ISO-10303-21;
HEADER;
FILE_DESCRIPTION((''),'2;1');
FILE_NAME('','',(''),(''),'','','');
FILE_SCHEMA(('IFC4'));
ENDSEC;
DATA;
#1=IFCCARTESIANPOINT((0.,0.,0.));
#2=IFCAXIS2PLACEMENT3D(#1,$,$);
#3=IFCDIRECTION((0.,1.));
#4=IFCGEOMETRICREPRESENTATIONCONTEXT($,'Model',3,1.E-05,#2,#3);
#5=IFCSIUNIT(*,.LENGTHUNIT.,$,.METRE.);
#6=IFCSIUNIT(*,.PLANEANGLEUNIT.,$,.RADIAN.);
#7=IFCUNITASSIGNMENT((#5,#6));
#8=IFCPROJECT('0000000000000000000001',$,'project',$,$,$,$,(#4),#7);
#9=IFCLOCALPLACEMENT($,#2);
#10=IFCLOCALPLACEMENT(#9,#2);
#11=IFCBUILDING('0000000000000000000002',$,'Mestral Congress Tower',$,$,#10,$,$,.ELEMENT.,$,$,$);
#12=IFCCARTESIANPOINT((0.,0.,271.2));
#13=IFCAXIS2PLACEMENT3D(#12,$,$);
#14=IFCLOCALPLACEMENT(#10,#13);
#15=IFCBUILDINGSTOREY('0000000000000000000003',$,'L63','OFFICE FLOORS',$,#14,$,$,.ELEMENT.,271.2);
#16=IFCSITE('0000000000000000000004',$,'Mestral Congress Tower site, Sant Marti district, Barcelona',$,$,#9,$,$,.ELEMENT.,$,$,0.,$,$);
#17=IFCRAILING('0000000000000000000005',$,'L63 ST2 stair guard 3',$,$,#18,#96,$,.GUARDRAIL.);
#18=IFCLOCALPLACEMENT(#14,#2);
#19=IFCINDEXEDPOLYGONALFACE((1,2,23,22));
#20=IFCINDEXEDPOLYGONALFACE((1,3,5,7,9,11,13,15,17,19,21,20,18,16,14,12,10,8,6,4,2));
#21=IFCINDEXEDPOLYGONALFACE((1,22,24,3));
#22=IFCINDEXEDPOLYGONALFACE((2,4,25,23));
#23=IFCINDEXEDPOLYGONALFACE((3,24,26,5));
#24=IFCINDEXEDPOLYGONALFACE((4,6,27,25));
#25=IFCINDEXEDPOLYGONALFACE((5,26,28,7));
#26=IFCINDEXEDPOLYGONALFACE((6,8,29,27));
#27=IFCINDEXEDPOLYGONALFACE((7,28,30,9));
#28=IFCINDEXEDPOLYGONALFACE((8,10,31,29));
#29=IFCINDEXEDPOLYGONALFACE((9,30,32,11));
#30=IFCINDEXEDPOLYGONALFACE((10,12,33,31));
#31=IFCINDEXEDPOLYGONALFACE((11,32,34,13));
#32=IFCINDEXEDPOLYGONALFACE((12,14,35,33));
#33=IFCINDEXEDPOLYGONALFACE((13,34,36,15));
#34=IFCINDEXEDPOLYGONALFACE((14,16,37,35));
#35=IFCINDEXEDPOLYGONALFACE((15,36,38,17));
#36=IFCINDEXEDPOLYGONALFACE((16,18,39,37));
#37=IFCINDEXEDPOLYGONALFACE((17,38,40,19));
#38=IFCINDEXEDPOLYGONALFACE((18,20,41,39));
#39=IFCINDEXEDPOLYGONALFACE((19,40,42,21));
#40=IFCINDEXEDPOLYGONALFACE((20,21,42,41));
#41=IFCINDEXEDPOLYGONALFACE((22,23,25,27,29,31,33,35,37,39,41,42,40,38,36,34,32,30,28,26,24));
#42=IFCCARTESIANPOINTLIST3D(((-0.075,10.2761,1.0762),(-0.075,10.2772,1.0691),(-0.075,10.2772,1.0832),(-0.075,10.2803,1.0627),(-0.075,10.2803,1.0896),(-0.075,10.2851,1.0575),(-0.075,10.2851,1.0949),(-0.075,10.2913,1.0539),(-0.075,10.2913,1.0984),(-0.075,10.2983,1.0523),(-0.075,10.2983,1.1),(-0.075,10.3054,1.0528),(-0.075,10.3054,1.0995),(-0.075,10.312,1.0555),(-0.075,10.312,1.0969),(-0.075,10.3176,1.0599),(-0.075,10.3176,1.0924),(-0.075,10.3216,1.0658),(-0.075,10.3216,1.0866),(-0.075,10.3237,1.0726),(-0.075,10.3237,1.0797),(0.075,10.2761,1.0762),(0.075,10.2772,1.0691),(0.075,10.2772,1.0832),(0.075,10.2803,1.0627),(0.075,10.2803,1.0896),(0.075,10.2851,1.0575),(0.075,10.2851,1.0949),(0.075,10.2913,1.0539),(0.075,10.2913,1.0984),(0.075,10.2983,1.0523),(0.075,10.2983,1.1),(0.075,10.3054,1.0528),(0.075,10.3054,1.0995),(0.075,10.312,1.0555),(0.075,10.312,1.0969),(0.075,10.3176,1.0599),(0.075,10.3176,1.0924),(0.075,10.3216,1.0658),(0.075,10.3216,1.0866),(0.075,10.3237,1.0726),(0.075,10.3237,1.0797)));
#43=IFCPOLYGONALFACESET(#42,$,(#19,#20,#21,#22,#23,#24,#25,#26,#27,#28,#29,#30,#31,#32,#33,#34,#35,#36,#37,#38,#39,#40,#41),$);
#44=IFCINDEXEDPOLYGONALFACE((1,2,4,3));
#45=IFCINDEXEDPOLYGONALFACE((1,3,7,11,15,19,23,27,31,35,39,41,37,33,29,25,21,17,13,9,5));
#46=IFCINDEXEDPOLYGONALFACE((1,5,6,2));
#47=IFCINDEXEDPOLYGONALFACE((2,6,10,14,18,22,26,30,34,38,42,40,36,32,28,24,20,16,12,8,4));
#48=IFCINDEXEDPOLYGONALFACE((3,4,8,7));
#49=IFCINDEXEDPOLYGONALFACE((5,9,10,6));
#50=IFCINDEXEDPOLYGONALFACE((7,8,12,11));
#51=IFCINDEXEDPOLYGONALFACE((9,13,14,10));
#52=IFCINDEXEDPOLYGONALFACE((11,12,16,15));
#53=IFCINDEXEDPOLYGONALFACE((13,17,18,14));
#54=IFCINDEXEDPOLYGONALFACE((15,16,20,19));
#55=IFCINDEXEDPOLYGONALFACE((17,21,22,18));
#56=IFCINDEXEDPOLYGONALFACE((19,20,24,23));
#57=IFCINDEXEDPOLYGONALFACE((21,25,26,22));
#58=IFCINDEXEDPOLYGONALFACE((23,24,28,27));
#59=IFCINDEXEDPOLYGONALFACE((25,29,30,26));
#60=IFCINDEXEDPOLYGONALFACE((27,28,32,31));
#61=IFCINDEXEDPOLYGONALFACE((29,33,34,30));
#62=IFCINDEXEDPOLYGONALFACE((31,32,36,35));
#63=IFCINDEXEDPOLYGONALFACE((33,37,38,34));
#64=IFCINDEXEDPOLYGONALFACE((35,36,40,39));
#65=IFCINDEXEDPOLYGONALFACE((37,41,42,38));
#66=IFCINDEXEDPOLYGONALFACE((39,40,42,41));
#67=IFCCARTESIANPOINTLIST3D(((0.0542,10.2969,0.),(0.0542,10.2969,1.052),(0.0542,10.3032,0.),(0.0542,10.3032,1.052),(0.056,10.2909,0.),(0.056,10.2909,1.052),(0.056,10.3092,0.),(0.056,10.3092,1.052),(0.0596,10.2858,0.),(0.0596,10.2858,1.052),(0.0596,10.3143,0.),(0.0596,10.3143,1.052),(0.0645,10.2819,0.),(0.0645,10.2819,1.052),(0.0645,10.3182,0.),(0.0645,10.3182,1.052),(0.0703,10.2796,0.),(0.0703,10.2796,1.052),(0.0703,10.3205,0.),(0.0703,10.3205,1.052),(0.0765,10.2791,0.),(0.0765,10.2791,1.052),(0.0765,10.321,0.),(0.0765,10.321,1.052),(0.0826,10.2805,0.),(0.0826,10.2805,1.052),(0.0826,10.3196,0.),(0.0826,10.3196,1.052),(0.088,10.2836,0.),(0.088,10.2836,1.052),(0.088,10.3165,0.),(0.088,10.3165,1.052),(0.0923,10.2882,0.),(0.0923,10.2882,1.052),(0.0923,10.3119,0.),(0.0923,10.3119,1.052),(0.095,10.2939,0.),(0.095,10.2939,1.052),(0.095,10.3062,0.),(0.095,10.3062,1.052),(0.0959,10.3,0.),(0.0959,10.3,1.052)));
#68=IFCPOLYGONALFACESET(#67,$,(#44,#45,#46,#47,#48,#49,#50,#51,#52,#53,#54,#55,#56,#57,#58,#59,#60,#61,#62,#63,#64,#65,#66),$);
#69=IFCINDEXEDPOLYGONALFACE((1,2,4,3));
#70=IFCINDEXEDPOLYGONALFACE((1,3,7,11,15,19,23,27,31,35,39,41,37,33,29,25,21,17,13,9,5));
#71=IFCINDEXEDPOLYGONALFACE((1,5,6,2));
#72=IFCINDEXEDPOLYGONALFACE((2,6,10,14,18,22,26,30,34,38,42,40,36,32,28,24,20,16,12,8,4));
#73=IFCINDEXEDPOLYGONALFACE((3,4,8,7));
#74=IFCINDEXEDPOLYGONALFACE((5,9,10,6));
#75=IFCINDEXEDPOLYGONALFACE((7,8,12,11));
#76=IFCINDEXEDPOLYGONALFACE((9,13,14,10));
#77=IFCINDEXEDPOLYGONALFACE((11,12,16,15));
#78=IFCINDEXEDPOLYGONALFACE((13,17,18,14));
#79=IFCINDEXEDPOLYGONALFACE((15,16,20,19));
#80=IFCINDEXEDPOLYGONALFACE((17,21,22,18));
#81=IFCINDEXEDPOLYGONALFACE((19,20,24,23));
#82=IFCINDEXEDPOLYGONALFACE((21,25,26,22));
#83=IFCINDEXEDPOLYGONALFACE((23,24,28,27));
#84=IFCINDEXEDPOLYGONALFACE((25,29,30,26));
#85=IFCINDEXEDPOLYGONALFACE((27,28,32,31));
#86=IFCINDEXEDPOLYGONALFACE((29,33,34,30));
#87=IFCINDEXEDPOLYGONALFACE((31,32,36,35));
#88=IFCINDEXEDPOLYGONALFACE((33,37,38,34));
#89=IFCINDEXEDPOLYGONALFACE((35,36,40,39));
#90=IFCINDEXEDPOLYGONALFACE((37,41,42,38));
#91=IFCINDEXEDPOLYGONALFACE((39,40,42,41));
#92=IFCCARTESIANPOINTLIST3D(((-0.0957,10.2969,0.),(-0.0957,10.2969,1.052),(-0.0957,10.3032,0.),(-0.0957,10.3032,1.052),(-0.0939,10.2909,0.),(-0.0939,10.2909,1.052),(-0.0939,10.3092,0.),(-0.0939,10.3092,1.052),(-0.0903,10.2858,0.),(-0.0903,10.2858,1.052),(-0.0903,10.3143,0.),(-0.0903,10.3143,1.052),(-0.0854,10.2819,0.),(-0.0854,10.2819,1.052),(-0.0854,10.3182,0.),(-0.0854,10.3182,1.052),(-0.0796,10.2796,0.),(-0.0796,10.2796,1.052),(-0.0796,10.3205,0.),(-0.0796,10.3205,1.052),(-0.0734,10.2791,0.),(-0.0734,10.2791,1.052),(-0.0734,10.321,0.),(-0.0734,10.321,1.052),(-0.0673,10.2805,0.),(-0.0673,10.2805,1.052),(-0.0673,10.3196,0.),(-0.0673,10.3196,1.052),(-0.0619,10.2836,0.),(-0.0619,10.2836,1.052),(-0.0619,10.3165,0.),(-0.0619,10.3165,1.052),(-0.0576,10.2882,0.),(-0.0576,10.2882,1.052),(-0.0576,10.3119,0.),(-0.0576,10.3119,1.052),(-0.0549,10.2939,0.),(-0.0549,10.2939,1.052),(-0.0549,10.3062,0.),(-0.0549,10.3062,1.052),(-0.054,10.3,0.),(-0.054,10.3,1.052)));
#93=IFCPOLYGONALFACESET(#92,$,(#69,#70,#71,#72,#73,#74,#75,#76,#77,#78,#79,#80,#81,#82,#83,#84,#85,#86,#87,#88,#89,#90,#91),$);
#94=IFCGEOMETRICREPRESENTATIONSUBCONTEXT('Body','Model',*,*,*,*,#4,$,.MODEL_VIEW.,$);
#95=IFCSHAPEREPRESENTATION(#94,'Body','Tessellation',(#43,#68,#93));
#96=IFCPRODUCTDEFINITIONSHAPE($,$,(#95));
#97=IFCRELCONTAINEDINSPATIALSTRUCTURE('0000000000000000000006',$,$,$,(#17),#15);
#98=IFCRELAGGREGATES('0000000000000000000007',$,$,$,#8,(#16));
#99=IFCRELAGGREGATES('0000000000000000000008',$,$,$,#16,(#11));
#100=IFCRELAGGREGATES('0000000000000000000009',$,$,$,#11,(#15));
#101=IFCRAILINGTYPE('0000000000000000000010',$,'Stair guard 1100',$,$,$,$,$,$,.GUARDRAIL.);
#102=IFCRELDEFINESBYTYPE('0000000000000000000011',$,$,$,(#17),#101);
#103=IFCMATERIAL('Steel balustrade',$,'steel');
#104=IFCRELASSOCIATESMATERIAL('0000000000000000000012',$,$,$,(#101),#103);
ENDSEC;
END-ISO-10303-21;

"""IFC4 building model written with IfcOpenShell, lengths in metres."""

from ifc_helpers import new_model, si_unit, direction, frame, origin, origin_2d, place, context, subcontext, project, spatial, circle, extrude, material, type_object, element, save


model = new_model("IFC4")

# Units and contexts
model_context = context("Model", 3, precision=1e-05, world=origin(), true_north=direction((0.0, 1.0)))
body_context = subcontext(model_context, "Body", "Model", "MODEL_VIEW")
ifc_project = project(units=[si_unit("LENGTHUNIT", "METRE"), si_unit("PLANEANGLEUNIT", "RADIAN")], contexts=[model_context])

# Site, building, storey
site_placement = place(None, origin())
site = spatial("IfcSite", under=ifc_project, at=site_placement, Name="Mestral Congress Tower site, Sant Marti district, Barcelona", CompositionType="ELEMENT", RefElevation=0.0)
building_placement = place(site_placement, origin())
building = spatial("IfcBuilding", under=site, at=building_placement, Name="Mestral Congress Tower", CompositionType="ELEMENT")
storey_placement = place(building_placement, frame((0.0, 0.0, 271.2)))
storey = spatial("IfcBuildingStorey", under=building, at=storey_placement, Name="L63", Description="OFFICE FLOORS", CompositionType="ELEMENT", Elevation=271.2)

# Railing
ifc_material_1 = material(Name="Steel balustrade", Category="steel")
railing_type_1 = type_object("IfcRailingType", Name="Stair guard 1100", PredefinedType="GUARDRAIL", material=ifc_material_1)
railing_1_placement = place(storey_placement, frame((0.075, 10.3, 0.0)))
element("IfcRailing", 1, at=railing_1_placement, inside=storey, type_object=railing_type_1, Name="L63 ST2 stair guard 3", PredefinedType="GUARDRAIL", context=body_context, shape_type="SweptSolid", body=[
    extrude(circle(Radius=0.0239, at=origin_2d()), frame((0.0, 0.0, 1.0762), z_axis=(-1.0, 0.0, 0.0), x_axis=(0.0, -1.0, 0.0)), (0.0, 0.0, 1.0), 0.1499),
    extrude(circle(Radius=0.021, at=origin_2d()), origin(), (0.0, 0.0, 1.0), 1.052),
    extrude(circle(Radius=0.021, at=origin_2d()), frame((-0.1499, 0.0, 0.0)), (0.0, 0.0, 1.0), 1.052),
])

save(model, "model.ifc")
